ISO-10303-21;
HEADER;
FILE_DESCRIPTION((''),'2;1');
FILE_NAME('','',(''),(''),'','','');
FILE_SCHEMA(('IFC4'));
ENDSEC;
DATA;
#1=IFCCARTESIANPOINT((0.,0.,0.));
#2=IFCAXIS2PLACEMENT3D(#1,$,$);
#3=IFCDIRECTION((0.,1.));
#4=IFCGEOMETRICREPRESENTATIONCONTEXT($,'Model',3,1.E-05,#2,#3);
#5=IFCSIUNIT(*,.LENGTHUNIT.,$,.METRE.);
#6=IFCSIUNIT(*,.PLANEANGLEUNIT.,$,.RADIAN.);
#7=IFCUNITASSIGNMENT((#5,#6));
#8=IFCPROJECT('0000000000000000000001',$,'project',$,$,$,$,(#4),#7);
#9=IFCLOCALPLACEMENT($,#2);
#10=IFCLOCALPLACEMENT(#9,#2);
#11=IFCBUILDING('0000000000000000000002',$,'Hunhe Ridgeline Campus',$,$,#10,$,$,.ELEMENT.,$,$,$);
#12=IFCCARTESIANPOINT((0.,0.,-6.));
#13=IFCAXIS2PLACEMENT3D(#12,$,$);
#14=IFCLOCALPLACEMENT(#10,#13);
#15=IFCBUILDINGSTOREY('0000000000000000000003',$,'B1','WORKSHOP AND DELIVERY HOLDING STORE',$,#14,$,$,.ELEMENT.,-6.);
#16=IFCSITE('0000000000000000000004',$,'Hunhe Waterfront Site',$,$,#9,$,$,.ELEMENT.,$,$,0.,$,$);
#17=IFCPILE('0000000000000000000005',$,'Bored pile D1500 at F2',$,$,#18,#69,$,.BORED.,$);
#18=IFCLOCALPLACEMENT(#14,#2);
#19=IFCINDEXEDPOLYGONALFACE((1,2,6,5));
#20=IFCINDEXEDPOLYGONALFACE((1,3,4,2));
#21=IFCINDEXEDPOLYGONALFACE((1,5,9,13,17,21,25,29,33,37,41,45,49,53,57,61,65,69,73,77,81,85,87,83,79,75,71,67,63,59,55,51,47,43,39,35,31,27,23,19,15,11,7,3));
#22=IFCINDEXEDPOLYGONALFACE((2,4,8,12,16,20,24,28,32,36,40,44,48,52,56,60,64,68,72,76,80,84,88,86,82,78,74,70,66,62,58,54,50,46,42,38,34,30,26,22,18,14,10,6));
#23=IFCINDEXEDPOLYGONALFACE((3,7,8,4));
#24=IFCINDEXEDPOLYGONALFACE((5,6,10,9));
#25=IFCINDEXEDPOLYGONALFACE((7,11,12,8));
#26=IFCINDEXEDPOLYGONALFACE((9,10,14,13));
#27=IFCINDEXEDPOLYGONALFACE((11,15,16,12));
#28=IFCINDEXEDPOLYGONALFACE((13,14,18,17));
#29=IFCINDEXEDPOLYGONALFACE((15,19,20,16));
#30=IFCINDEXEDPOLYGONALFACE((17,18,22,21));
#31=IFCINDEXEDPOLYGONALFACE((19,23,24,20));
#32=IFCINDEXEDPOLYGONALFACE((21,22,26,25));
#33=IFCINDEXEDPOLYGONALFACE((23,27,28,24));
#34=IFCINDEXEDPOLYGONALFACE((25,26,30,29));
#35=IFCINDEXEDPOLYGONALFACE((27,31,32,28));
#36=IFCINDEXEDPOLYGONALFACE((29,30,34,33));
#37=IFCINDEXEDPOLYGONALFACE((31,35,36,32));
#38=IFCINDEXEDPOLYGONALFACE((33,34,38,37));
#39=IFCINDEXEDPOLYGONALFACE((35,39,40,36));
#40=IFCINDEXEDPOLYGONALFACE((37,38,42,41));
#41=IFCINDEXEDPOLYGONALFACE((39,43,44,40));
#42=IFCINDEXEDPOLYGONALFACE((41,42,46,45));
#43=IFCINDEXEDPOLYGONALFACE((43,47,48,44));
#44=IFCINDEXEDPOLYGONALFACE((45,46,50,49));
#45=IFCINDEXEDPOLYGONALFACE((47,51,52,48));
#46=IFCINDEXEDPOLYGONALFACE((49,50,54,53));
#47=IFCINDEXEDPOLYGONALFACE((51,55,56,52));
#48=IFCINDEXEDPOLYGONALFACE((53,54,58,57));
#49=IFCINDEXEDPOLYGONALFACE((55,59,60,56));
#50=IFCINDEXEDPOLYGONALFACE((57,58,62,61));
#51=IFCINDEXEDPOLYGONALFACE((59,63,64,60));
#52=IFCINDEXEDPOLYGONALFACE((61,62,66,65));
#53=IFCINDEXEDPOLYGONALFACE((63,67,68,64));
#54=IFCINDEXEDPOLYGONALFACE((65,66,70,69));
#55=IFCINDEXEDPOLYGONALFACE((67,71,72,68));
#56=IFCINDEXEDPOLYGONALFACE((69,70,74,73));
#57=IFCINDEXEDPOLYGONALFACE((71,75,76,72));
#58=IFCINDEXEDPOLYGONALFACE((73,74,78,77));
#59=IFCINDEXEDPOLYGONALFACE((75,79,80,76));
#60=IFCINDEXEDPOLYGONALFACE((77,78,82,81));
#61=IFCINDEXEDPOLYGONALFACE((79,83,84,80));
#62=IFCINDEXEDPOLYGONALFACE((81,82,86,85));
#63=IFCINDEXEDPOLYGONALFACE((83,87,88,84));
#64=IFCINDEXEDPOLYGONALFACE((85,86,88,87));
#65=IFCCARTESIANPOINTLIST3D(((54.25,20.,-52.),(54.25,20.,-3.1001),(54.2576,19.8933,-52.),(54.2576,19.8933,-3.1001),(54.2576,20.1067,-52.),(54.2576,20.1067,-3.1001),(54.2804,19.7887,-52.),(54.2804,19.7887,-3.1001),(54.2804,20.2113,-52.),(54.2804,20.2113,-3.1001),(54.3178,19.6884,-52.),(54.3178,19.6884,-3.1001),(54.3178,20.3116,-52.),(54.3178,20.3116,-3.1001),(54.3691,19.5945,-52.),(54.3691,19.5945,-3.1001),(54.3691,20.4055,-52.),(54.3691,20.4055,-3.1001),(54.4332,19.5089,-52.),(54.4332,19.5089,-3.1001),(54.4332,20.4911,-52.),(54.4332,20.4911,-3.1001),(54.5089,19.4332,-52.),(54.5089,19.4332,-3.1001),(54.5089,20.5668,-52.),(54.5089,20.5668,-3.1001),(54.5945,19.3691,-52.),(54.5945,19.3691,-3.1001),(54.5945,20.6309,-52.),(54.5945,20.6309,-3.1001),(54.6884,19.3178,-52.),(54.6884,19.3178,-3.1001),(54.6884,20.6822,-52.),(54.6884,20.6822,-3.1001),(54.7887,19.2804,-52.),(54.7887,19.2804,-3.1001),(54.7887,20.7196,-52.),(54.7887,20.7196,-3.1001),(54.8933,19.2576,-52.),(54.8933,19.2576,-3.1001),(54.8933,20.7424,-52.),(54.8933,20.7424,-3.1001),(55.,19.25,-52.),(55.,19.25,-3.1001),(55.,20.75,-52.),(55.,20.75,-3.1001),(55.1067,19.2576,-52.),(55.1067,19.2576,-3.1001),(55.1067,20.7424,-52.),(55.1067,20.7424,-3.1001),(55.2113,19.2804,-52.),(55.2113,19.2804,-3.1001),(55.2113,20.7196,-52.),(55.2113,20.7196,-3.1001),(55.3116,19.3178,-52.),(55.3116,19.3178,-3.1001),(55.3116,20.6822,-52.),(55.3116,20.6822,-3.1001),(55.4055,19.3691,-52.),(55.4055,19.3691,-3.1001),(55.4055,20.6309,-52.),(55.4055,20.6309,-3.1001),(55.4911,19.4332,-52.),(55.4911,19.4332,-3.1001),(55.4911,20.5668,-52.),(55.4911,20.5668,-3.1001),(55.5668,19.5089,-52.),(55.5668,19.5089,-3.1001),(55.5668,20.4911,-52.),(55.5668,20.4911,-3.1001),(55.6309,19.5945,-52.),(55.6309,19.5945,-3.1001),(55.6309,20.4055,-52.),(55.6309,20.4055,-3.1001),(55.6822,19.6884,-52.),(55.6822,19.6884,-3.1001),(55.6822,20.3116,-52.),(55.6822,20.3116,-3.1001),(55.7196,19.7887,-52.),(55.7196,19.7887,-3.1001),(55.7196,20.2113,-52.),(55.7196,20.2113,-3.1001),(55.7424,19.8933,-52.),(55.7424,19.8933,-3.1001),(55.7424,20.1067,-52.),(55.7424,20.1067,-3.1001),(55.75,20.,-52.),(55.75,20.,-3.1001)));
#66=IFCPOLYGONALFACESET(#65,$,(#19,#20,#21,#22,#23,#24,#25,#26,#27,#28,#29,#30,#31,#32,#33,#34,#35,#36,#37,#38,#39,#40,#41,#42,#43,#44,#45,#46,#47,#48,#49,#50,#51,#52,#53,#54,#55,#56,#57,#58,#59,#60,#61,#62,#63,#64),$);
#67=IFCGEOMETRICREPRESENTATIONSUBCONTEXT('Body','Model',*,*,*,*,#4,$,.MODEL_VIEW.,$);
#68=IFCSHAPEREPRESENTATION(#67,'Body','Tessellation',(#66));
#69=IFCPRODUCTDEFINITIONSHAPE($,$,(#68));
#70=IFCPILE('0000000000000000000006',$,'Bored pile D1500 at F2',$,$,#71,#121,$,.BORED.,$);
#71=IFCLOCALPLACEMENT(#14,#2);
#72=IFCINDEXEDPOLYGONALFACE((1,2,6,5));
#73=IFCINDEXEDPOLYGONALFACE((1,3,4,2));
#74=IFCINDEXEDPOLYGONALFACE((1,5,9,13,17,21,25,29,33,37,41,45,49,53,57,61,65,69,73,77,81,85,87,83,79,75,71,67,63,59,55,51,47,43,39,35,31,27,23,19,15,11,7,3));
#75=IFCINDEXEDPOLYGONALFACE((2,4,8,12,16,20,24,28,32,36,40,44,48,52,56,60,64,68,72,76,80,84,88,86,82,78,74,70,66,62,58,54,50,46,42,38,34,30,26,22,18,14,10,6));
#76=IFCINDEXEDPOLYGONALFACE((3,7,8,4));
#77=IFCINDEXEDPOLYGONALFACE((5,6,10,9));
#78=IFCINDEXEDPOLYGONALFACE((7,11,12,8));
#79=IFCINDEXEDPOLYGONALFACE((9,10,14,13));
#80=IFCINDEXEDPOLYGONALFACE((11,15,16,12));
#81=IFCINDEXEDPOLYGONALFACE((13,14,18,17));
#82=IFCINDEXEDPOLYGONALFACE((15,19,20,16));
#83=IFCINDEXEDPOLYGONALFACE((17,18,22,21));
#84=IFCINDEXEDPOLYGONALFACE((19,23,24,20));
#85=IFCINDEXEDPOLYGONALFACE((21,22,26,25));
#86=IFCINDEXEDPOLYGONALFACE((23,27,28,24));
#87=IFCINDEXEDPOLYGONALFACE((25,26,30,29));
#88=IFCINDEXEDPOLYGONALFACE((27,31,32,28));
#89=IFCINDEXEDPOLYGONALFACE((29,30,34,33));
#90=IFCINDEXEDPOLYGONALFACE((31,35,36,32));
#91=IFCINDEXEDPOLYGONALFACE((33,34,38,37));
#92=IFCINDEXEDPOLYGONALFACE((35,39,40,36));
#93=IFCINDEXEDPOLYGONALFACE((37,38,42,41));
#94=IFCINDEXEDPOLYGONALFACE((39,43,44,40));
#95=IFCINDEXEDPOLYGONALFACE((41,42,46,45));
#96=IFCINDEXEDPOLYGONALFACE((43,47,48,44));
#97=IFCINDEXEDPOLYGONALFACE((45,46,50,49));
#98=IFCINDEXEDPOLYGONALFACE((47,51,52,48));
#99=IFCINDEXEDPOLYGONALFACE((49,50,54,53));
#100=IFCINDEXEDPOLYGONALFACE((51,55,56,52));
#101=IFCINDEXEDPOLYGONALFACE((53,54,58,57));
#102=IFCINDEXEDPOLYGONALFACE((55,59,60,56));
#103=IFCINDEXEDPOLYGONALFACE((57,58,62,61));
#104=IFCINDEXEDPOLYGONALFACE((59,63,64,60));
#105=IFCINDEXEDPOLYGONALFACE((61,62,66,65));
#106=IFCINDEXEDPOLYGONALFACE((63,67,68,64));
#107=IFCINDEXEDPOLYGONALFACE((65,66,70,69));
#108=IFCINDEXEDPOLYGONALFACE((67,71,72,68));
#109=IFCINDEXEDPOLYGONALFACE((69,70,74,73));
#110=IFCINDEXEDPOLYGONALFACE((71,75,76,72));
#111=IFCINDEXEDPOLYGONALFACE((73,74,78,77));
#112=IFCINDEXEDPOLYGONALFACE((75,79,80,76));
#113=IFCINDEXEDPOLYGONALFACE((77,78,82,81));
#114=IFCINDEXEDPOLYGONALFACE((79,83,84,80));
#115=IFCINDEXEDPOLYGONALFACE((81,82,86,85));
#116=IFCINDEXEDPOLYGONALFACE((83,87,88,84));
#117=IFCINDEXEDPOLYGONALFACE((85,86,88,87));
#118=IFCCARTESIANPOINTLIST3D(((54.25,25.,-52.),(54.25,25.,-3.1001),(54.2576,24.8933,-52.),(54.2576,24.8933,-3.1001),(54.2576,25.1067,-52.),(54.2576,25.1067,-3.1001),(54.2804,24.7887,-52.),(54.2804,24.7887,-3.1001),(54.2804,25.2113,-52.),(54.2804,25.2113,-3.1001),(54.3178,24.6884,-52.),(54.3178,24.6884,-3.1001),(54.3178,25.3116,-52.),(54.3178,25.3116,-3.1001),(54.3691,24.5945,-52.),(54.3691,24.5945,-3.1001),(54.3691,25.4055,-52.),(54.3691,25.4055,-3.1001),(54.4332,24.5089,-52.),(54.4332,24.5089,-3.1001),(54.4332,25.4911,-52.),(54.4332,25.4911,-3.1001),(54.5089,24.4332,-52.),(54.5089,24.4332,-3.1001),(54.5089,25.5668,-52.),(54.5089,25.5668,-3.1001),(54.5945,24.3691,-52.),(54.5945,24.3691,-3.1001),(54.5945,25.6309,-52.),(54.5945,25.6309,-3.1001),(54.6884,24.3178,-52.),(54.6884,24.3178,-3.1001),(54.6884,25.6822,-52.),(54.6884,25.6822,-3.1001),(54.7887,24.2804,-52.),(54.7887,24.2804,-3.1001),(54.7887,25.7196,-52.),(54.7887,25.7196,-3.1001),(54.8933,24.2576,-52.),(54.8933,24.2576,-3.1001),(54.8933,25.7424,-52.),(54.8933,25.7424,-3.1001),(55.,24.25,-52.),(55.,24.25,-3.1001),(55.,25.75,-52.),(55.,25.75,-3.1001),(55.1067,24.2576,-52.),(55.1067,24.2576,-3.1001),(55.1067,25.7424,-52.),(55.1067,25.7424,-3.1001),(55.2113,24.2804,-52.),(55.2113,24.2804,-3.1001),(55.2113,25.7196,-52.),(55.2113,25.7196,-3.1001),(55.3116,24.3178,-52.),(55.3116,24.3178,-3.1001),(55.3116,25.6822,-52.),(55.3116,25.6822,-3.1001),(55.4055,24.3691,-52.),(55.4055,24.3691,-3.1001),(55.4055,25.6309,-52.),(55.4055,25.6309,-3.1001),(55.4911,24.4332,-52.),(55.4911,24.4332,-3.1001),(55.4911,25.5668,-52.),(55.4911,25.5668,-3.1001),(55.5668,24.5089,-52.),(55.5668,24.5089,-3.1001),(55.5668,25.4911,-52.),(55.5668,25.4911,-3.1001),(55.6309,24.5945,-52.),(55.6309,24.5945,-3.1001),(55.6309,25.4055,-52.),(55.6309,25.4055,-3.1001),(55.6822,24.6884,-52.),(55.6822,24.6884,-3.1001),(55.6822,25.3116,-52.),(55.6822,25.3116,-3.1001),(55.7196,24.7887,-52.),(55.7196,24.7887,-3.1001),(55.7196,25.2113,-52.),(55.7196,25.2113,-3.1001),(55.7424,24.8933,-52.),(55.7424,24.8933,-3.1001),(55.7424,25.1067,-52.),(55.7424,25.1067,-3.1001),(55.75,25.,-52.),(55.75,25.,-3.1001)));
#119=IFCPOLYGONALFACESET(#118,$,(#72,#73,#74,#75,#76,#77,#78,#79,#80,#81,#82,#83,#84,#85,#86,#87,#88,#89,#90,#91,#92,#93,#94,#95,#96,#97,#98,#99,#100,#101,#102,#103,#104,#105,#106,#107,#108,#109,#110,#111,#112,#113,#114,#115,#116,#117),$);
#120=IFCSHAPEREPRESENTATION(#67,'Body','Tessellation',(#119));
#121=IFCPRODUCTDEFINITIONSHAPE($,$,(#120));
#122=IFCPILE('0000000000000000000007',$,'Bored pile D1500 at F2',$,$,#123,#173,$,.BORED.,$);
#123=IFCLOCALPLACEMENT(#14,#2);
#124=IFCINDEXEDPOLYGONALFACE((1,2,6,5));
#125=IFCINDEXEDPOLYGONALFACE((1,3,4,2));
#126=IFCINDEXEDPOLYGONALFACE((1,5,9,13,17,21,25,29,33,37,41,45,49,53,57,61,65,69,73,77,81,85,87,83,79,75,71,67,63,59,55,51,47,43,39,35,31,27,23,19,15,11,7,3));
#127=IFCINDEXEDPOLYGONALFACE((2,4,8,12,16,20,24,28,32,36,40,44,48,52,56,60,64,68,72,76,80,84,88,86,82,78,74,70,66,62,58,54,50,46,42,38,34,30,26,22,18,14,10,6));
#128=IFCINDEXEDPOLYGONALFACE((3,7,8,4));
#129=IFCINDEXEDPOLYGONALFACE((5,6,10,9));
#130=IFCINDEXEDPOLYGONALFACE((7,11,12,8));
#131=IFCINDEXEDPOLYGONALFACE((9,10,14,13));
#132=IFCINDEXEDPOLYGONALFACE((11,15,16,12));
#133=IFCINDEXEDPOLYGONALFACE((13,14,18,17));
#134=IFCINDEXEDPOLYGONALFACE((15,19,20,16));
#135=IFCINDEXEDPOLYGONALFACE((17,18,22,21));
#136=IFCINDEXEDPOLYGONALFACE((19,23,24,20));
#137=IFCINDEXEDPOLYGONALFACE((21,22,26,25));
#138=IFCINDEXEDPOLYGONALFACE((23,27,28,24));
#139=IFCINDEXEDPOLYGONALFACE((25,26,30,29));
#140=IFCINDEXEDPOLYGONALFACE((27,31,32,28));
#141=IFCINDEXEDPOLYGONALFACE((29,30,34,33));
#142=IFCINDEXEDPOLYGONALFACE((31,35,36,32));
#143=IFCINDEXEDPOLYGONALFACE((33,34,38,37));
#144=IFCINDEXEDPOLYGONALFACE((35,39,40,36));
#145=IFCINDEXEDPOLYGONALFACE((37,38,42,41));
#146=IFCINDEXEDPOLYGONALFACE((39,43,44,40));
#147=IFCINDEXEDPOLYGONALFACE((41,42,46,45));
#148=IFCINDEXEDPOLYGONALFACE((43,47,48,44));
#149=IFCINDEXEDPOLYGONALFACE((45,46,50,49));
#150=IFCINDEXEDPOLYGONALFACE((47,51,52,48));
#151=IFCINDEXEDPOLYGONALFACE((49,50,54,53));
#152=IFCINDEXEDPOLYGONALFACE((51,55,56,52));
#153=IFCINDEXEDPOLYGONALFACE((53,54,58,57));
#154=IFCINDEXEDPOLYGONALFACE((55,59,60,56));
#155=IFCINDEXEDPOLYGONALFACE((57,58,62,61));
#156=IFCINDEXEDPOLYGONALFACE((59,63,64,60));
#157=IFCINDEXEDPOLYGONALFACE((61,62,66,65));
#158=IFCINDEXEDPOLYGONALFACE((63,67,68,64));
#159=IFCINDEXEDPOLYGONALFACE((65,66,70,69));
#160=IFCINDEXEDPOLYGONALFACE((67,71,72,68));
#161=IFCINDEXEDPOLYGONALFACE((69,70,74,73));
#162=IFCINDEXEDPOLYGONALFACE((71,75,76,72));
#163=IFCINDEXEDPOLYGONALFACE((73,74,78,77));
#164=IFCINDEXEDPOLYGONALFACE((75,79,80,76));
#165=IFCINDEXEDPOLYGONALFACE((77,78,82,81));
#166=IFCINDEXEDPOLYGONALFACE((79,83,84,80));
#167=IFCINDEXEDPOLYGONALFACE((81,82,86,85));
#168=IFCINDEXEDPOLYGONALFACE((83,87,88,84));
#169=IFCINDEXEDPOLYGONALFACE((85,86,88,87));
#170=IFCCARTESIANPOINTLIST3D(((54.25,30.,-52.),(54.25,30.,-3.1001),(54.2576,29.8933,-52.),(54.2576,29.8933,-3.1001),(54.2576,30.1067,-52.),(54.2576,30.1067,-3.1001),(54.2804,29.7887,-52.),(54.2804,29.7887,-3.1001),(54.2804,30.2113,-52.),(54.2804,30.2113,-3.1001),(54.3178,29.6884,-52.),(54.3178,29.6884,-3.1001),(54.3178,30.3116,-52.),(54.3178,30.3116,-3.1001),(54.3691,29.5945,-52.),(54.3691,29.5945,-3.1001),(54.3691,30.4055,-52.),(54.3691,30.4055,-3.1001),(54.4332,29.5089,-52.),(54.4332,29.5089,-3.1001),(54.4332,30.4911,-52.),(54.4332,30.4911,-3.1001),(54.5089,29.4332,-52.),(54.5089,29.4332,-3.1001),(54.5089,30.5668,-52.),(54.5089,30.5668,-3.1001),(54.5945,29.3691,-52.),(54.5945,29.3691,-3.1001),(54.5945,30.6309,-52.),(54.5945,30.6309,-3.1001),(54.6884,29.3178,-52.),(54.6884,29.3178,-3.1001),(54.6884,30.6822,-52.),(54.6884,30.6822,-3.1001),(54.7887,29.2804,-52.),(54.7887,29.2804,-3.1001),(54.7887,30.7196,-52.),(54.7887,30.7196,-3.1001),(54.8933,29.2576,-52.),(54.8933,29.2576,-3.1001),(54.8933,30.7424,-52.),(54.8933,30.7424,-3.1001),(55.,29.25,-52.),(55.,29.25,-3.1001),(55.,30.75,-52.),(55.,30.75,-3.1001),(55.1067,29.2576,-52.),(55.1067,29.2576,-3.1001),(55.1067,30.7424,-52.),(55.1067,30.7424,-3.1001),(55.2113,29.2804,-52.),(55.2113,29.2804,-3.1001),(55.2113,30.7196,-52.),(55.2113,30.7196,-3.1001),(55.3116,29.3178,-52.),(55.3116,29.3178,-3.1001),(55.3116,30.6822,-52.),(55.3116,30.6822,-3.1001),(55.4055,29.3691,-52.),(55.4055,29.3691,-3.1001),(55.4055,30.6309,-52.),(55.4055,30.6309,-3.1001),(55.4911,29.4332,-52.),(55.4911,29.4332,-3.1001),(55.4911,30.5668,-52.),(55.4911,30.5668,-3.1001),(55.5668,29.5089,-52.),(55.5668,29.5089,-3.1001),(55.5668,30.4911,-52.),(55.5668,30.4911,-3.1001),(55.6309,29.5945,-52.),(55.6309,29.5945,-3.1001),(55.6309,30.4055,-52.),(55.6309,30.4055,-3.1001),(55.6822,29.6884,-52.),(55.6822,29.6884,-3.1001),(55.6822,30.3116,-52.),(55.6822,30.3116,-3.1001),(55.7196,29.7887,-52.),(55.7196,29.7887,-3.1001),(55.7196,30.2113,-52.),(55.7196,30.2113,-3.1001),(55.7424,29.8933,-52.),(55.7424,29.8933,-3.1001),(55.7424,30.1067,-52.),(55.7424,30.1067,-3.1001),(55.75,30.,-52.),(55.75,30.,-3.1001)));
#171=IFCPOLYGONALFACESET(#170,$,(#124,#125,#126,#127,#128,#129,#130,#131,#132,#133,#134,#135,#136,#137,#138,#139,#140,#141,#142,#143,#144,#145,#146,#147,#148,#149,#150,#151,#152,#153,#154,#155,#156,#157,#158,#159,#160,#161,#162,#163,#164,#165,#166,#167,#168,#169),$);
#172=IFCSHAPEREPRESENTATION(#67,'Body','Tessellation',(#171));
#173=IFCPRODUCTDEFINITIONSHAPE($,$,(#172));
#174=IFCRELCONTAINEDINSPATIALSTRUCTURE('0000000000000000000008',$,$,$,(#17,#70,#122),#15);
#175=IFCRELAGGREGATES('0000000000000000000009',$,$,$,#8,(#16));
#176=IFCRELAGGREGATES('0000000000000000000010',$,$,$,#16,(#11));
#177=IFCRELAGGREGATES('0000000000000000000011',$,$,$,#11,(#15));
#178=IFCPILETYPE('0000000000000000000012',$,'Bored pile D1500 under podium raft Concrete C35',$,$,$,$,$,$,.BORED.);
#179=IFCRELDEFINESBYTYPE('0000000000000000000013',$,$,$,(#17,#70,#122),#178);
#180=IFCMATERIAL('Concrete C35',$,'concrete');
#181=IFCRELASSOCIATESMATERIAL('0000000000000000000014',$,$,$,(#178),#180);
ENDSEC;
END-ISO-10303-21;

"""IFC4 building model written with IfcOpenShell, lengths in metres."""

from ifc_helpers import new_model, si_unit, direction, frame, origin, origin_2d, place, context, subcontext, project, spatial, circle, extrude, material, material_profile, profile_set, type_object, element, save


model = new_model("IFC4")

# Units and contexts
model_context = context("Model", 3, precision=1e-05, world=origin(), true_north=direction((0.0, 1.0)))
body_context = subcontext(model_context, "Body", "Model", "MODEL_VIEW")
ifc_project = project(units=[si_unit("LENGTHUNIT", "METRE"), si_unit("PLANEANGLEUNIT", "RADIAN")], contexts=[model_context])

# Site, building, storey
site_placement = place(None, origin())
site = spatial("IfcSite", under=ifc_project, at=site_placement, Name="Hunhe Waterfront Site", CompositionType="ELEMENT", RefElevation=0.0)
building_placement = place(site_placement, origin())
building = spatial("IfcBuilding", under=site, at=building_placement, Name="Hunhe Ridgeline Campus", CompositionType="ELEMENT")
storey_placement = place(building_placement, frame((0.0, 0.0, -6.0)))
storey = spatial("IfcBuildingStorey", under=building, at=storey_placement, Name="B1", Description="WORKSHOP AND DELIVERY HOLDING STORE", CompositionType="ELEMENT", Elevation=-6.0)

# Piles
ifc_material_1 = material(Name="Concrete C35", Category="concrete")
ifc_material_profile_1 = material_profile(ifc_material_1, circle(Radius=0.75, at=origin_2d()))
ifc_profile_set_1 = profile_set([ifc_material_profile_1], Name="Concrete C35")
pile_type = type_object("IfcPileType", Name="Bored pile D1500 under podium raft Concrete C35", PredefinedType="BORED", material=ifc_profile_set_1)
for number, where, z_axis, x_axis, name in (
    (1, (55.0, 20.0, -3.1001), (0.0, 0.0, -1.0), (1.0, 0.0, 0.0), "Bored pile D1500 at F2"),
    (2, (55.0, 25.0, -3.1001), (0.0, 0.0, -1.0), (1.0, 0.0, 0.0), "Bored pile D1500 at F2"),
    (3, (55.0, 30.0, -3.1001), (0.0, 0.0, -1.0), (1.0, 0.0, 0.0), "Bored pile D1500 at F2"),
):
    element("IfcPile", number, at=place(storey_placement, frame(where, z_axis=z_axis, x_axis=x_axis)), inside=storey, type_object=pile_type, Name=name, PredefinedType="BORED", context=body_context, shape_type="SweptSolid", body=[
        extrude(circle(Radius=0.75, at=origin_2d()), origin(), (0.0, 0.0, 1.0), 48.8999),
    ])

save(model, "model.ifc")
